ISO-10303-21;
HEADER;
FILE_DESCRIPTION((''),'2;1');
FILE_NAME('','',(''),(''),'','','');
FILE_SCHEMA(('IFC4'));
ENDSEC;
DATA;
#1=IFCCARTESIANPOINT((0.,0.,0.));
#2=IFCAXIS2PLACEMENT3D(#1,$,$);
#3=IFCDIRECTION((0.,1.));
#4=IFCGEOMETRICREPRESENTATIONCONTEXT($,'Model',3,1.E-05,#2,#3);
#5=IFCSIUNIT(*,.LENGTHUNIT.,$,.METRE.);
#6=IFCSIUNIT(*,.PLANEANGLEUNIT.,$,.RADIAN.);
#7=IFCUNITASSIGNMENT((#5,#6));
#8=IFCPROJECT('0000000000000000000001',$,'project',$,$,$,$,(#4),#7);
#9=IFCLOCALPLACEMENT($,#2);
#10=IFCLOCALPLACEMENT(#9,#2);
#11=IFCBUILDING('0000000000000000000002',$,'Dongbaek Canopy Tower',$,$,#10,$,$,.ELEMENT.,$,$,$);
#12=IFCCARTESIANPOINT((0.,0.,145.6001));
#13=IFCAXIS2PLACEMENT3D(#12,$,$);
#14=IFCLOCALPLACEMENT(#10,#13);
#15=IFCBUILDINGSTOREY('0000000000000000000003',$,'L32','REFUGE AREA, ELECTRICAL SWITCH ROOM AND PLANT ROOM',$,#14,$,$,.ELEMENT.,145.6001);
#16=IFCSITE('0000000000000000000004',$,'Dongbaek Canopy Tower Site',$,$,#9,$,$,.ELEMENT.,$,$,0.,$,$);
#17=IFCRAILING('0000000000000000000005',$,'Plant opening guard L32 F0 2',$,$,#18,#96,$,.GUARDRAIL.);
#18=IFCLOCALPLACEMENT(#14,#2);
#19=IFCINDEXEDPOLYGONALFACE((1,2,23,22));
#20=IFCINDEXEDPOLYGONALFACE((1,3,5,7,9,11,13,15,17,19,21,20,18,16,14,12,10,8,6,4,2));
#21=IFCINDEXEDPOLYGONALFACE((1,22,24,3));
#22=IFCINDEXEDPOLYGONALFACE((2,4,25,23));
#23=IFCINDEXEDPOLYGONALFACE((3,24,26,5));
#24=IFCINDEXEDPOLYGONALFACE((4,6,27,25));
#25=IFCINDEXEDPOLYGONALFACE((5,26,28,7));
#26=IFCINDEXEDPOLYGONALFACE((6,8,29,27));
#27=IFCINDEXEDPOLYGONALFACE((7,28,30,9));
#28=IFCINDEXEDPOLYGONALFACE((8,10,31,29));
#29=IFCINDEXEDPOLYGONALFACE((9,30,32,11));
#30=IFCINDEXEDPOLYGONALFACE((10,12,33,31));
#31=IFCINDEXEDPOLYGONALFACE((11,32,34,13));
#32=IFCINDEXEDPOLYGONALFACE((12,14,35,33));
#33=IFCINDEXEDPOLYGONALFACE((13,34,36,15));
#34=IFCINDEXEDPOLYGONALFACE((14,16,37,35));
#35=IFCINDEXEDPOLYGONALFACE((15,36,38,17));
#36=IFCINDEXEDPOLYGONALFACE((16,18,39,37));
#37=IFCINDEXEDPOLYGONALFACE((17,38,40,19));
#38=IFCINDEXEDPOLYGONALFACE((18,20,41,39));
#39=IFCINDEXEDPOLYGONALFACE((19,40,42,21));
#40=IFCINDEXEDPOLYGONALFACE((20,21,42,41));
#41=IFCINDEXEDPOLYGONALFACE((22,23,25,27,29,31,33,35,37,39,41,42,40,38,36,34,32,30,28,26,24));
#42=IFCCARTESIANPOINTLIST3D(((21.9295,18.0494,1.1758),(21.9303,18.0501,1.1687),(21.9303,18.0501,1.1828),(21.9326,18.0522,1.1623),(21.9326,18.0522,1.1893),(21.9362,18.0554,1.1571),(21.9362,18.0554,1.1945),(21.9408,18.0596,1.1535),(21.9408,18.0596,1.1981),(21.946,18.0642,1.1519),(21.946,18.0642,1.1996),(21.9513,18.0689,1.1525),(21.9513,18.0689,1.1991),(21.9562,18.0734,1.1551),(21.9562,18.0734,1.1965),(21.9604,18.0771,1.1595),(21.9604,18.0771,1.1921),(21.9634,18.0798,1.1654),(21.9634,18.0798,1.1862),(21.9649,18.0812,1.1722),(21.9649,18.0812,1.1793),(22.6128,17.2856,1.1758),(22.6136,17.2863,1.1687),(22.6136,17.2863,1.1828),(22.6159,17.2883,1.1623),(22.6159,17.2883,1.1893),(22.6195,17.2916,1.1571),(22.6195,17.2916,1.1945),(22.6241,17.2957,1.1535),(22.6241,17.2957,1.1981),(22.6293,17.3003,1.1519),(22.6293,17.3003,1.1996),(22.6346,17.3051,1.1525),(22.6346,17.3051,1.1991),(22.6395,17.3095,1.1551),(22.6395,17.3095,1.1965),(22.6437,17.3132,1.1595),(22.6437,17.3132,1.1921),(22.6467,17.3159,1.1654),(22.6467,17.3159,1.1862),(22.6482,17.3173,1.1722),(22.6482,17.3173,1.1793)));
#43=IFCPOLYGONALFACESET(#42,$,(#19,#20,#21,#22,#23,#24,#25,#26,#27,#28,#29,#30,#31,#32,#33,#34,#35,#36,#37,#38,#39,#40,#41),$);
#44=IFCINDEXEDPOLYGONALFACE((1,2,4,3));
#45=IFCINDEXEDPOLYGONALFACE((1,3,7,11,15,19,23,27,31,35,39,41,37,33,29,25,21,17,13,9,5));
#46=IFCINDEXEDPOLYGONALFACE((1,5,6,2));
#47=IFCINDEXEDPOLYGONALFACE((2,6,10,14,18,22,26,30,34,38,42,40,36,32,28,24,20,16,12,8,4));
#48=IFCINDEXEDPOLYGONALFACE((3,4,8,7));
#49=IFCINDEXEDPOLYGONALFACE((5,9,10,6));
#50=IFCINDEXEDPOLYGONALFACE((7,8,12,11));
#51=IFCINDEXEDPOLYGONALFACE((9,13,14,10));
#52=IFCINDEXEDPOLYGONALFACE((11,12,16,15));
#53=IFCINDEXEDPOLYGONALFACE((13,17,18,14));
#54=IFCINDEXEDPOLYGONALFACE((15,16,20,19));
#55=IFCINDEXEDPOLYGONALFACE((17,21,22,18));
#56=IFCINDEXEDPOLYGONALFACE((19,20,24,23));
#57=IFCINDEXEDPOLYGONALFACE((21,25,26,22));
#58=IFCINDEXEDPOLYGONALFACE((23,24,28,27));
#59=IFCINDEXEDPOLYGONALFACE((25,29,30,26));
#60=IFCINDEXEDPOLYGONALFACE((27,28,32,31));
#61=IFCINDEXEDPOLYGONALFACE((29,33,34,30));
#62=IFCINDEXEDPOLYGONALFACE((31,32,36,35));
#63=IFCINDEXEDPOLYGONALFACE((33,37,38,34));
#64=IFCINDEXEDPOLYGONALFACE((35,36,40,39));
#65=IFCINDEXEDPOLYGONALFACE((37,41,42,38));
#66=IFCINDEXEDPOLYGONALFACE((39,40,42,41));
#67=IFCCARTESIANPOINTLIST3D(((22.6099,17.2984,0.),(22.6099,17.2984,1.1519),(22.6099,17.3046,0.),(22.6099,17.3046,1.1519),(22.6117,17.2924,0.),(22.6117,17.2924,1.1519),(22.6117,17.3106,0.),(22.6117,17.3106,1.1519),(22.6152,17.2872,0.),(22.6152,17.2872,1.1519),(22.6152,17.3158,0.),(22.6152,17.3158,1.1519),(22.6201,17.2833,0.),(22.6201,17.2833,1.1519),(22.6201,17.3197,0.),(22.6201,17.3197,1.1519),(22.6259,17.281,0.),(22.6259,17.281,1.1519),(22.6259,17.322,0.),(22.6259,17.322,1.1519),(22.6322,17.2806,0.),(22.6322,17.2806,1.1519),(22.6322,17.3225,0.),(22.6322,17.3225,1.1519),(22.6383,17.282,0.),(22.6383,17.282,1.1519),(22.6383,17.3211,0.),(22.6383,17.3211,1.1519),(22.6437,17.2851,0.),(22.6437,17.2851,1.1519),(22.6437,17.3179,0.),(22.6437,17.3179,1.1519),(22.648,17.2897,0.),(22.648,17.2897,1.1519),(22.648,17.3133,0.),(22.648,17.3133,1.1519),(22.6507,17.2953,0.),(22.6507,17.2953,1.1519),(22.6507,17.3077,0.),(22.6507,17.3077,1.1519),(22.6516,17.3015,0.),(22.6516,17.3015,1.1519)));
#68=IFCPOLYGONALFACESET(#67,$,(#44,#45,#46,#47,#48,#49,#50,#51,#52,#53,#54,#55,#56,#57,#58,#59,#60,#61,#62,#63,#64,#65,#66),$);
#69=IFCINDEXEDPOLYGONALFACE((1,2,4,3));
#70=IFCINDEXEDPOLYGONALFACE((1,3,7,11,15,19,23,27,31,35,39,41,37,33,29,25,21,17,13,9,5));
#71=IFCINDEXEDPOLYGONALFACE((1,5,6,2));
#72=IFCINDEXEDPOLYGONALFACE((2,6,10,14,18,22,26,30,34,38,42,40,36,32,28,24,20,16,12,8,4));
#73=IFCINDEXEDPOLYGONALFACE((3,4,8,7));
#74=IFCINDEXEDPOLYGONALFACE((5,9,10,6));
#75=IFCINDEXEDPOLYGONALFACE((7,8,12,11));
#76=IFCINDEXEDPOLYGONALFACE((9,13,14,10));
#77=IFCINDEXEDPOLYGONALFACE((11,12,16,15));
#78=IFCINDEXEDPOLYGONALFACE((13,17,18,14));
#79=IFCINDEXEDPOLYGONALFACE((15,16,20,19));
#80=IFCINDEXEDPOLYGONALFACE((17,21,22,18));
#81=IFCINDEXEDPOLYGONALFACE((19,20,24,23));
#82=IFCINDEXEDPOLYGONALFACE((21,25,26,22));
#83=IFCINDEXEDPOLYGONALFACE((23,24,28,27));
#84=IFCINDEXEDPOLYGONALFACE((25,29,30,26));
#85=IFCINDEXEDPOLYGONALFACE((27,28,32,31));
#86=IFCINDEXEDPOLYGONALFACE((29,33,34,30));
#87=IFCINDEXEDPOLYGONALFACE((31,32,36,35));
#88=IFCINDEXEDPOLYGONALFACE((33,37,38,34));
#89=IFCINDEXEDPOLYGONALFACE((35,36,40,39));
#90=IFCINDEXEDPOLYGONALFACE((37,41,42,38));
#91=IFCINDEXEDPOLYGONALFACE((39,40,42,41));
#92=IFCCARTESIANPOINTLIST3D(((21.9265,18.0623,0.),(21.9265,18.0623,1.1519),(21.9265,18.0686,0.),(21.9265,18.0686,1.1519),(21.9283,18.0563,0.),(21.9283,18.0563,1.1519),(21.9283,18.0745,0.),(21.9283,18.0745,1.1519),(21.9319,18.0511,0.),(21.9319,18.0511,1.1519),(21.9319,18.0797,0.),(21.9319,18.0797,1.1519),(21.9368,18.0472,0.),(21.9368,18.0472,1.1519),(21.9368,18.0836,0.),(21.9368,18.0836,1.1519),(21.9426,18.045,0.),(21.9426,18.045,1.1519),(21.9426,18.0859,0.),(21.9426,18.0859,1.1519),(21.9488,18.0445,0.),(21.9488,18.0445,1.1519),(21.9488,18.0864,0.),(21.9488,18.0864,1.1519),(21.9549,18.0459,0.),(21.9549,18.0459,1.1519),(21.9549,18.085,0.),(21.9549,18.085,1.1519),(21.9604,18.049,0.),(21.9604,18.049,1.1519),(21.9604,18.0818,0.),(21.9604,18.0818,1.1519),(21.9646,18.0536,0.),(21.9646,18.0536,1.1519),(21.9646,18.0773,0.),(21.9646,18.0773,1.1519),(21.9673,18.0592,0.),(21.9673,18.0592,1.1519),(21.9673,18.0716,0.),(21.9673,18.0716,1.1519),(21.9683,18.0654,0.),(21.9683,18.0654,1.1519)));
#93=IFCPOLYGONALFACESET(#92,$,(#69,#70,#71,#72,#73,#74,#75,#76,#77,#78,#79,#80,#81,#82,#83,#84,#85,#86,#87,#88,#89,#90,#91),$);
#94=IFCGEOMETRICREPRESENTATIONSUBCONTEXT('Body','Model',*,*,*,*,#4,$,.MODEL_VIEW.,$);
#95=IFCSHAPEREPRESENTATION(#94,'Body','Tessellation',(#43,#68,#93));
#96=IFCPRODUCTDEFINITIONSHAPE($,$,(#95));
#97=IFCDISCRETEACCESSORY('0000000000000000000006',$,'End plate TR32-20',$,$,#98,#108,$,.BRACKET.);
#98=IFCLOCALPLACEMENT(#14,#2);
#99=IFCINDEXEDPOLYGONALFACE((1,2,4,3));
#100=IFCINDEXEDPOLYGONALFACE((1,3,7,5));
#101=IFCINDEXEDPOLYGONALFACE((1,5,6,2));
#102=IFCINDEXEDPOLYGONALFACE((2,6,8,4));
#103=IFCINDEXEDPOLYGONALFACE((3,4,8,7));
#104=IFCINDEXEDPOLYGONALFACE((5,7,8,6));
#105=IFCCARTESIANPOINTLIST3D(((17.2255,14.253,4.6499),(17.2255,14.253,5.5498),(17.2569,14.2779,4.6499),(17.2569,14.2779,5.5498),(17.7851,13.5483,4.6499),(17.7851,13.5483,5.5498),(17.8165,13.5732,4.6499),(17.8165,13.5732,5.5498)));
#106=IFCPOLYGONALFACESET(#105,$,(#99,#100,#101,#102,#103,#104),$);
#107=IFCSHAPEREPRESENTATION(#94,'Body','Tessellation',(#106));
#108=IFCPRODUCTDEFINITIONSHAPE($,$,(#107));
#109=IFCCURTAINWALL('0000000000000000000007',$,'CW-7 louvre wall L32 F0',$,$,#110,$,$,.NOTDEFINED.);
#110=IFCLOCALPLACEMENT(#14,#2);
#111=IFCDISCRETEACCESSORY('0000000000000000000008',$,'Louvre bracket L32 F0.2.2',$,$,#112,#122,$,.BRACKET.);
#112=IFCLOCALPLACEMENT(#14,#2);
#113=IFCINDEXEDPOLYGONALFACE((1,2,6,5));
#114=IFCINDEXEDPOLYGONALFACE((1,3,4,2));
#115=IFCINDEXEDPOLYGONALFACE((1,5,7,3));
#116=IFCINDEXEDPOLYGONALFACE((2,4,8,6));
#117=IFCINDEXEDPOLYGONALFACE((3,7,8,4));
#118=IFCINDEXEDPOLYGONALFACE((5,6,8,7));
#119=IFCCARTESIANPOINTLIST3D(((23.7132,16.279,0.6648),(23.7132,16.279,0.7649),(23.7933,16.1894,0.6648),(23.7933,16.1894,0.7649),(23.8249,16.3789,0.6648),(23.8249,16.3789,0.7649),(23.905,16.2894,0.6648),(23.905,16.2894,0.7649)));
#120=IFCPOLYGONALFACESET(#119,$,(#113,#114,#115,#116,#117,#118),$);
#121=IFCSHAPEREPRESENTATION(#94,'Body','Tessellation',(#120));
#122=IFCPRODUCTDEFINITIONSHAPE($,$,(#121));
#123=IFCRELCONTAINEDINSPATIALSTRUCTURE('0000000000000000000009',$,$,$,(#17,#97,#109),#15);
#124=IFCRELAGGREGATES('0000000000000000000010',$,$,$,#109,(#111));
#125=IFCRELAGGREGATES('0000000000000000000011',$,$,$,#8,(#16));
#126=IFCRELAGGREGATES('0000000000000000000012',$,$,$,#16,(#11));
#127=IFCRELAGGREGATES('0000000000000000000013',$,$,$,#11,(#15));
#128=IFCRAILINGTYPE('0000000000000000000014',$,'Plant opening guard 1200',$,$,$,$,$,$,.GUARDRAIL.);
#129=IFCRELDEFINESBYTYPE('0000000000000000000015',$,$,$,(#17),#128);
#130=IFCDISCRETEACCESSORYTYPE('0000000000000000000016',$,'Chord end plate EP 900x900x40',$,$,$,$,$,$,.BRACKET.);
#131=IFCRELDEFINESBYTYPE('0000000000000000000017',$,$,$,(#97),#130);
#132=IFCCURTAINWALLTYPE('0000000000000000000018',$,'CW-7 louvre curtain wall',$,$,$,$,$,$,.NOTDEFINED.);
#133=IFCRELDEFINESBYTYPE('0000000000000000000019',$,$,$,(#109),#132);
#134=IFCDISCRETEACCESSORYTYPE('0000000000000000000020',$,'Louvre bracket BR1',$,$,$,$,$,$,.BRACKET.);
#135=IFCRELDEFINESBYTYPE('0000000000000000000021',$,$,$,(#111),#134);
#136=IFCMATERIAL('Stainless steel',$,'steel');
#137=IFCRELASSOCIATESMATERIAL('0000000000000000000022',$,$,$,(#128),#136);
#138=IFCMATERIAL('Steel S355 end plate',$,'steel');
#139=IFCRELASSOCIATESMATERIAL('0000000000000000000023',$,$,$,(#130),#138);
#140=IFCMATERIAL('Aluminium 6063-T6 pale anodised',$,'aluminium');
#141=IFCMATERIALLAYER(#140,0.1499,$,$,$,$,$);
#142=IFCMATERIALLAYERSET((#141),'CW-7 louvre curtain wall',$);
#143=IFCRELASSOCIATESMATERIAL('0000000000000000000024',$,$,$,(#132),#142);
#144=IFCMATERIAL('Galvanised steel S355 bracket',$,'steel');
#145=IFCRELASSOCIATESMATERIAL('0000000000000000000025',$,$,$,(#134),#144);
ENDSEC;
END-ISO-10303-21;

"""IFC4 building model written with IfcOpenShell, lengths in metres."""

from ifc_helpers import new_model, si_unit, direction, frame, origin, origin_2d, place, context, subcontext, project, spatial, rectangle, circle, extrude, material, layer, layer_set, type_object, element, aggregate, save


model = new_model("IFC4")

# Units and contexts
model_context = context("Model", 3, precision=1e-05, world=origin(), true_north=direction((0.0, 1.0)))
body_context = subcontext(model_context, "Body", "Model", "MODEL_VIEW")
ifc_project = project(units=[si_unit("LENGTHUNIT", "METRE"), si_unit("PLANEANGLEUNIT", "RADIAN")], contexts=[model_context])

# Site, building, storey
site_placement = place(None, origin())
site = spatial("IfcSite", under=ifc_project, at=site_placement, Name="Dongbaek Canopy Tower Site", CompositionType="ELEMENT", RefElevation=0.0)
building_placement = place(site_placement, origin())
building = spatial("IfcBuilding", under=site, at=building_placement, Name="Dongbaek Canopy Tower", CompositionType="ELEMENT")
storey_placement = place(building_placement, frame((0.0, 0.0, 145.6001)))
storey = spatial("IfcBuildingStorey", under=building, at=storey_placement, Name="L32", Description="REFUGE AREA, ELECTRICAL SWITCH ROOM AND PLANT ROOM", CompositionType="ELEMENT", Elevation=145.6001)

# Railing
ifc_material_1 = material(Name="Stainless steel", Category="steel")
railing_type = type_object("IfcRailingType", Name="Plant opening guard 1200", PredefinedType="GUARDRAIL", material=ifc_material_1)
railing_placement = place(storey_placement, frame((22.6306, 17.3015, 0.0)))
element("IfcRailing", 1, at=railing_placement, inside=storey, type_object=railing_type, Name="Plant opening guard L32 F0 2", PredefinedType="GUARDRAIL", context=body_context, shape_type="SweptSolid", body=[
    extrude(circle(Radius=0.0239, at=origin_2d()), frame((0.0, 0.0, 1.1758), z_axis=(-0.666711, 0.745316, 0.0), x_axis=(-0.745316, -0.666711, 0.0)), (0.0, 0.0, 1.0), 1.0249),
    extrude(circle(Radius=0.021, at=origin_2d()), origin(), (0.0, 0.0, 1.0), 1.1519),
    extrude(circle(Radius=0.021, at=origin_2d()), frame((-0.6833, 0.7639, 0.0)), (0.0, 0.0, 1.0), 1.1519),
])

# Discrete accessory
ifc_material_2 = material(Name="Steel S355 end plate", Category="steel")
discrete_accessory_type_1 = type_object("IfcDiscreteAccessoryType", Name="Chord end plate EP 900x900x40", PredefinedType="BRACKET", material=ifc_material_2)
discrete_accessory_1_placement = place(storey_placement, frame((17.521, 13.9131, 4.6499), z_axis=(0.0, 0.0, 1.0), x_axis=(0.783126, 0.621863, 0.0)))
element("IfcDiscreteAccessory", 2, at=discrete_accessory_1_placement, inside=storey, type_object=discrete_accessory_type_1, Name="End plate TR32-20", PredefinedType="BRACKET", context=body_context, shape_type="SweptSolid", body=[
    extrude(rectangle(XDim=0.04, YDim=0.8999, at=origin_2d()), origin(), (0.0, 0.0, 1.0), 0.8999),
])

# Curtain wall, discrete accessory
ifc_material_3 = material(Name="Aluminium 6063-T6 pale anodised", Category="aluminium")
ifc_layer_1 = layer(ifc_material_3, 0.1499)
ifc_layer_set_1 = layer_set([ifc_layer_1], Name="CW-7 louvre curtain wall")
curtain_wall_type = type_object("IfcCurtainWallType", Name="CW-7 louvre curtain wall", PredefinedType="NOTDEFINED", material=ifc_layer_set_1)
curtain_wall_placement = place(storey_placement, origin())
curtain_wall = element("IfcCurtainWall", 3, at=curtain_wall_placement, inside=storey, type_object=curtain_wall_type, Name="CW-7 louvre wall L32 F0", PredefinedType="NOTDEFINED")
ifc_material_4 = material(Name="Galvanised steel S355 bracket", Category="steel")
discrete_accessory_type_2 = type_object("IfcDiscreteAccessoryType", Name="Louvre bracket BR1", PredefinedType="BRACKET", material=ifc_material_4)
discrete_accessory_2_placement = place(storey_placement, frame((23.8091, 16.2842, 0.6648), z_axis=(0.0, 0.0, 1.0), x_axis=(-0.666716, 0.745312, 0.0)))
discrete_accessory_2 = element("IfcDiscreteAccessory", 4, at=discrete_accessory_2_placement, type_object=discrete_accessory_type_2, Name="Louvre bracket L32 F0.2.2", PredefinedType="BRACKET", context=body_context, shape_type="SweptSolid", body=[
    extrude(rectangle(XDim=0.1201, YDim=0.1499, at=origin_2d()), origin(), (0.0, 0.0, 1.0), 0.1001),
])
aggregate(curtain_wall, [discrete_accessory_2])

save(model, "model.ifc")
